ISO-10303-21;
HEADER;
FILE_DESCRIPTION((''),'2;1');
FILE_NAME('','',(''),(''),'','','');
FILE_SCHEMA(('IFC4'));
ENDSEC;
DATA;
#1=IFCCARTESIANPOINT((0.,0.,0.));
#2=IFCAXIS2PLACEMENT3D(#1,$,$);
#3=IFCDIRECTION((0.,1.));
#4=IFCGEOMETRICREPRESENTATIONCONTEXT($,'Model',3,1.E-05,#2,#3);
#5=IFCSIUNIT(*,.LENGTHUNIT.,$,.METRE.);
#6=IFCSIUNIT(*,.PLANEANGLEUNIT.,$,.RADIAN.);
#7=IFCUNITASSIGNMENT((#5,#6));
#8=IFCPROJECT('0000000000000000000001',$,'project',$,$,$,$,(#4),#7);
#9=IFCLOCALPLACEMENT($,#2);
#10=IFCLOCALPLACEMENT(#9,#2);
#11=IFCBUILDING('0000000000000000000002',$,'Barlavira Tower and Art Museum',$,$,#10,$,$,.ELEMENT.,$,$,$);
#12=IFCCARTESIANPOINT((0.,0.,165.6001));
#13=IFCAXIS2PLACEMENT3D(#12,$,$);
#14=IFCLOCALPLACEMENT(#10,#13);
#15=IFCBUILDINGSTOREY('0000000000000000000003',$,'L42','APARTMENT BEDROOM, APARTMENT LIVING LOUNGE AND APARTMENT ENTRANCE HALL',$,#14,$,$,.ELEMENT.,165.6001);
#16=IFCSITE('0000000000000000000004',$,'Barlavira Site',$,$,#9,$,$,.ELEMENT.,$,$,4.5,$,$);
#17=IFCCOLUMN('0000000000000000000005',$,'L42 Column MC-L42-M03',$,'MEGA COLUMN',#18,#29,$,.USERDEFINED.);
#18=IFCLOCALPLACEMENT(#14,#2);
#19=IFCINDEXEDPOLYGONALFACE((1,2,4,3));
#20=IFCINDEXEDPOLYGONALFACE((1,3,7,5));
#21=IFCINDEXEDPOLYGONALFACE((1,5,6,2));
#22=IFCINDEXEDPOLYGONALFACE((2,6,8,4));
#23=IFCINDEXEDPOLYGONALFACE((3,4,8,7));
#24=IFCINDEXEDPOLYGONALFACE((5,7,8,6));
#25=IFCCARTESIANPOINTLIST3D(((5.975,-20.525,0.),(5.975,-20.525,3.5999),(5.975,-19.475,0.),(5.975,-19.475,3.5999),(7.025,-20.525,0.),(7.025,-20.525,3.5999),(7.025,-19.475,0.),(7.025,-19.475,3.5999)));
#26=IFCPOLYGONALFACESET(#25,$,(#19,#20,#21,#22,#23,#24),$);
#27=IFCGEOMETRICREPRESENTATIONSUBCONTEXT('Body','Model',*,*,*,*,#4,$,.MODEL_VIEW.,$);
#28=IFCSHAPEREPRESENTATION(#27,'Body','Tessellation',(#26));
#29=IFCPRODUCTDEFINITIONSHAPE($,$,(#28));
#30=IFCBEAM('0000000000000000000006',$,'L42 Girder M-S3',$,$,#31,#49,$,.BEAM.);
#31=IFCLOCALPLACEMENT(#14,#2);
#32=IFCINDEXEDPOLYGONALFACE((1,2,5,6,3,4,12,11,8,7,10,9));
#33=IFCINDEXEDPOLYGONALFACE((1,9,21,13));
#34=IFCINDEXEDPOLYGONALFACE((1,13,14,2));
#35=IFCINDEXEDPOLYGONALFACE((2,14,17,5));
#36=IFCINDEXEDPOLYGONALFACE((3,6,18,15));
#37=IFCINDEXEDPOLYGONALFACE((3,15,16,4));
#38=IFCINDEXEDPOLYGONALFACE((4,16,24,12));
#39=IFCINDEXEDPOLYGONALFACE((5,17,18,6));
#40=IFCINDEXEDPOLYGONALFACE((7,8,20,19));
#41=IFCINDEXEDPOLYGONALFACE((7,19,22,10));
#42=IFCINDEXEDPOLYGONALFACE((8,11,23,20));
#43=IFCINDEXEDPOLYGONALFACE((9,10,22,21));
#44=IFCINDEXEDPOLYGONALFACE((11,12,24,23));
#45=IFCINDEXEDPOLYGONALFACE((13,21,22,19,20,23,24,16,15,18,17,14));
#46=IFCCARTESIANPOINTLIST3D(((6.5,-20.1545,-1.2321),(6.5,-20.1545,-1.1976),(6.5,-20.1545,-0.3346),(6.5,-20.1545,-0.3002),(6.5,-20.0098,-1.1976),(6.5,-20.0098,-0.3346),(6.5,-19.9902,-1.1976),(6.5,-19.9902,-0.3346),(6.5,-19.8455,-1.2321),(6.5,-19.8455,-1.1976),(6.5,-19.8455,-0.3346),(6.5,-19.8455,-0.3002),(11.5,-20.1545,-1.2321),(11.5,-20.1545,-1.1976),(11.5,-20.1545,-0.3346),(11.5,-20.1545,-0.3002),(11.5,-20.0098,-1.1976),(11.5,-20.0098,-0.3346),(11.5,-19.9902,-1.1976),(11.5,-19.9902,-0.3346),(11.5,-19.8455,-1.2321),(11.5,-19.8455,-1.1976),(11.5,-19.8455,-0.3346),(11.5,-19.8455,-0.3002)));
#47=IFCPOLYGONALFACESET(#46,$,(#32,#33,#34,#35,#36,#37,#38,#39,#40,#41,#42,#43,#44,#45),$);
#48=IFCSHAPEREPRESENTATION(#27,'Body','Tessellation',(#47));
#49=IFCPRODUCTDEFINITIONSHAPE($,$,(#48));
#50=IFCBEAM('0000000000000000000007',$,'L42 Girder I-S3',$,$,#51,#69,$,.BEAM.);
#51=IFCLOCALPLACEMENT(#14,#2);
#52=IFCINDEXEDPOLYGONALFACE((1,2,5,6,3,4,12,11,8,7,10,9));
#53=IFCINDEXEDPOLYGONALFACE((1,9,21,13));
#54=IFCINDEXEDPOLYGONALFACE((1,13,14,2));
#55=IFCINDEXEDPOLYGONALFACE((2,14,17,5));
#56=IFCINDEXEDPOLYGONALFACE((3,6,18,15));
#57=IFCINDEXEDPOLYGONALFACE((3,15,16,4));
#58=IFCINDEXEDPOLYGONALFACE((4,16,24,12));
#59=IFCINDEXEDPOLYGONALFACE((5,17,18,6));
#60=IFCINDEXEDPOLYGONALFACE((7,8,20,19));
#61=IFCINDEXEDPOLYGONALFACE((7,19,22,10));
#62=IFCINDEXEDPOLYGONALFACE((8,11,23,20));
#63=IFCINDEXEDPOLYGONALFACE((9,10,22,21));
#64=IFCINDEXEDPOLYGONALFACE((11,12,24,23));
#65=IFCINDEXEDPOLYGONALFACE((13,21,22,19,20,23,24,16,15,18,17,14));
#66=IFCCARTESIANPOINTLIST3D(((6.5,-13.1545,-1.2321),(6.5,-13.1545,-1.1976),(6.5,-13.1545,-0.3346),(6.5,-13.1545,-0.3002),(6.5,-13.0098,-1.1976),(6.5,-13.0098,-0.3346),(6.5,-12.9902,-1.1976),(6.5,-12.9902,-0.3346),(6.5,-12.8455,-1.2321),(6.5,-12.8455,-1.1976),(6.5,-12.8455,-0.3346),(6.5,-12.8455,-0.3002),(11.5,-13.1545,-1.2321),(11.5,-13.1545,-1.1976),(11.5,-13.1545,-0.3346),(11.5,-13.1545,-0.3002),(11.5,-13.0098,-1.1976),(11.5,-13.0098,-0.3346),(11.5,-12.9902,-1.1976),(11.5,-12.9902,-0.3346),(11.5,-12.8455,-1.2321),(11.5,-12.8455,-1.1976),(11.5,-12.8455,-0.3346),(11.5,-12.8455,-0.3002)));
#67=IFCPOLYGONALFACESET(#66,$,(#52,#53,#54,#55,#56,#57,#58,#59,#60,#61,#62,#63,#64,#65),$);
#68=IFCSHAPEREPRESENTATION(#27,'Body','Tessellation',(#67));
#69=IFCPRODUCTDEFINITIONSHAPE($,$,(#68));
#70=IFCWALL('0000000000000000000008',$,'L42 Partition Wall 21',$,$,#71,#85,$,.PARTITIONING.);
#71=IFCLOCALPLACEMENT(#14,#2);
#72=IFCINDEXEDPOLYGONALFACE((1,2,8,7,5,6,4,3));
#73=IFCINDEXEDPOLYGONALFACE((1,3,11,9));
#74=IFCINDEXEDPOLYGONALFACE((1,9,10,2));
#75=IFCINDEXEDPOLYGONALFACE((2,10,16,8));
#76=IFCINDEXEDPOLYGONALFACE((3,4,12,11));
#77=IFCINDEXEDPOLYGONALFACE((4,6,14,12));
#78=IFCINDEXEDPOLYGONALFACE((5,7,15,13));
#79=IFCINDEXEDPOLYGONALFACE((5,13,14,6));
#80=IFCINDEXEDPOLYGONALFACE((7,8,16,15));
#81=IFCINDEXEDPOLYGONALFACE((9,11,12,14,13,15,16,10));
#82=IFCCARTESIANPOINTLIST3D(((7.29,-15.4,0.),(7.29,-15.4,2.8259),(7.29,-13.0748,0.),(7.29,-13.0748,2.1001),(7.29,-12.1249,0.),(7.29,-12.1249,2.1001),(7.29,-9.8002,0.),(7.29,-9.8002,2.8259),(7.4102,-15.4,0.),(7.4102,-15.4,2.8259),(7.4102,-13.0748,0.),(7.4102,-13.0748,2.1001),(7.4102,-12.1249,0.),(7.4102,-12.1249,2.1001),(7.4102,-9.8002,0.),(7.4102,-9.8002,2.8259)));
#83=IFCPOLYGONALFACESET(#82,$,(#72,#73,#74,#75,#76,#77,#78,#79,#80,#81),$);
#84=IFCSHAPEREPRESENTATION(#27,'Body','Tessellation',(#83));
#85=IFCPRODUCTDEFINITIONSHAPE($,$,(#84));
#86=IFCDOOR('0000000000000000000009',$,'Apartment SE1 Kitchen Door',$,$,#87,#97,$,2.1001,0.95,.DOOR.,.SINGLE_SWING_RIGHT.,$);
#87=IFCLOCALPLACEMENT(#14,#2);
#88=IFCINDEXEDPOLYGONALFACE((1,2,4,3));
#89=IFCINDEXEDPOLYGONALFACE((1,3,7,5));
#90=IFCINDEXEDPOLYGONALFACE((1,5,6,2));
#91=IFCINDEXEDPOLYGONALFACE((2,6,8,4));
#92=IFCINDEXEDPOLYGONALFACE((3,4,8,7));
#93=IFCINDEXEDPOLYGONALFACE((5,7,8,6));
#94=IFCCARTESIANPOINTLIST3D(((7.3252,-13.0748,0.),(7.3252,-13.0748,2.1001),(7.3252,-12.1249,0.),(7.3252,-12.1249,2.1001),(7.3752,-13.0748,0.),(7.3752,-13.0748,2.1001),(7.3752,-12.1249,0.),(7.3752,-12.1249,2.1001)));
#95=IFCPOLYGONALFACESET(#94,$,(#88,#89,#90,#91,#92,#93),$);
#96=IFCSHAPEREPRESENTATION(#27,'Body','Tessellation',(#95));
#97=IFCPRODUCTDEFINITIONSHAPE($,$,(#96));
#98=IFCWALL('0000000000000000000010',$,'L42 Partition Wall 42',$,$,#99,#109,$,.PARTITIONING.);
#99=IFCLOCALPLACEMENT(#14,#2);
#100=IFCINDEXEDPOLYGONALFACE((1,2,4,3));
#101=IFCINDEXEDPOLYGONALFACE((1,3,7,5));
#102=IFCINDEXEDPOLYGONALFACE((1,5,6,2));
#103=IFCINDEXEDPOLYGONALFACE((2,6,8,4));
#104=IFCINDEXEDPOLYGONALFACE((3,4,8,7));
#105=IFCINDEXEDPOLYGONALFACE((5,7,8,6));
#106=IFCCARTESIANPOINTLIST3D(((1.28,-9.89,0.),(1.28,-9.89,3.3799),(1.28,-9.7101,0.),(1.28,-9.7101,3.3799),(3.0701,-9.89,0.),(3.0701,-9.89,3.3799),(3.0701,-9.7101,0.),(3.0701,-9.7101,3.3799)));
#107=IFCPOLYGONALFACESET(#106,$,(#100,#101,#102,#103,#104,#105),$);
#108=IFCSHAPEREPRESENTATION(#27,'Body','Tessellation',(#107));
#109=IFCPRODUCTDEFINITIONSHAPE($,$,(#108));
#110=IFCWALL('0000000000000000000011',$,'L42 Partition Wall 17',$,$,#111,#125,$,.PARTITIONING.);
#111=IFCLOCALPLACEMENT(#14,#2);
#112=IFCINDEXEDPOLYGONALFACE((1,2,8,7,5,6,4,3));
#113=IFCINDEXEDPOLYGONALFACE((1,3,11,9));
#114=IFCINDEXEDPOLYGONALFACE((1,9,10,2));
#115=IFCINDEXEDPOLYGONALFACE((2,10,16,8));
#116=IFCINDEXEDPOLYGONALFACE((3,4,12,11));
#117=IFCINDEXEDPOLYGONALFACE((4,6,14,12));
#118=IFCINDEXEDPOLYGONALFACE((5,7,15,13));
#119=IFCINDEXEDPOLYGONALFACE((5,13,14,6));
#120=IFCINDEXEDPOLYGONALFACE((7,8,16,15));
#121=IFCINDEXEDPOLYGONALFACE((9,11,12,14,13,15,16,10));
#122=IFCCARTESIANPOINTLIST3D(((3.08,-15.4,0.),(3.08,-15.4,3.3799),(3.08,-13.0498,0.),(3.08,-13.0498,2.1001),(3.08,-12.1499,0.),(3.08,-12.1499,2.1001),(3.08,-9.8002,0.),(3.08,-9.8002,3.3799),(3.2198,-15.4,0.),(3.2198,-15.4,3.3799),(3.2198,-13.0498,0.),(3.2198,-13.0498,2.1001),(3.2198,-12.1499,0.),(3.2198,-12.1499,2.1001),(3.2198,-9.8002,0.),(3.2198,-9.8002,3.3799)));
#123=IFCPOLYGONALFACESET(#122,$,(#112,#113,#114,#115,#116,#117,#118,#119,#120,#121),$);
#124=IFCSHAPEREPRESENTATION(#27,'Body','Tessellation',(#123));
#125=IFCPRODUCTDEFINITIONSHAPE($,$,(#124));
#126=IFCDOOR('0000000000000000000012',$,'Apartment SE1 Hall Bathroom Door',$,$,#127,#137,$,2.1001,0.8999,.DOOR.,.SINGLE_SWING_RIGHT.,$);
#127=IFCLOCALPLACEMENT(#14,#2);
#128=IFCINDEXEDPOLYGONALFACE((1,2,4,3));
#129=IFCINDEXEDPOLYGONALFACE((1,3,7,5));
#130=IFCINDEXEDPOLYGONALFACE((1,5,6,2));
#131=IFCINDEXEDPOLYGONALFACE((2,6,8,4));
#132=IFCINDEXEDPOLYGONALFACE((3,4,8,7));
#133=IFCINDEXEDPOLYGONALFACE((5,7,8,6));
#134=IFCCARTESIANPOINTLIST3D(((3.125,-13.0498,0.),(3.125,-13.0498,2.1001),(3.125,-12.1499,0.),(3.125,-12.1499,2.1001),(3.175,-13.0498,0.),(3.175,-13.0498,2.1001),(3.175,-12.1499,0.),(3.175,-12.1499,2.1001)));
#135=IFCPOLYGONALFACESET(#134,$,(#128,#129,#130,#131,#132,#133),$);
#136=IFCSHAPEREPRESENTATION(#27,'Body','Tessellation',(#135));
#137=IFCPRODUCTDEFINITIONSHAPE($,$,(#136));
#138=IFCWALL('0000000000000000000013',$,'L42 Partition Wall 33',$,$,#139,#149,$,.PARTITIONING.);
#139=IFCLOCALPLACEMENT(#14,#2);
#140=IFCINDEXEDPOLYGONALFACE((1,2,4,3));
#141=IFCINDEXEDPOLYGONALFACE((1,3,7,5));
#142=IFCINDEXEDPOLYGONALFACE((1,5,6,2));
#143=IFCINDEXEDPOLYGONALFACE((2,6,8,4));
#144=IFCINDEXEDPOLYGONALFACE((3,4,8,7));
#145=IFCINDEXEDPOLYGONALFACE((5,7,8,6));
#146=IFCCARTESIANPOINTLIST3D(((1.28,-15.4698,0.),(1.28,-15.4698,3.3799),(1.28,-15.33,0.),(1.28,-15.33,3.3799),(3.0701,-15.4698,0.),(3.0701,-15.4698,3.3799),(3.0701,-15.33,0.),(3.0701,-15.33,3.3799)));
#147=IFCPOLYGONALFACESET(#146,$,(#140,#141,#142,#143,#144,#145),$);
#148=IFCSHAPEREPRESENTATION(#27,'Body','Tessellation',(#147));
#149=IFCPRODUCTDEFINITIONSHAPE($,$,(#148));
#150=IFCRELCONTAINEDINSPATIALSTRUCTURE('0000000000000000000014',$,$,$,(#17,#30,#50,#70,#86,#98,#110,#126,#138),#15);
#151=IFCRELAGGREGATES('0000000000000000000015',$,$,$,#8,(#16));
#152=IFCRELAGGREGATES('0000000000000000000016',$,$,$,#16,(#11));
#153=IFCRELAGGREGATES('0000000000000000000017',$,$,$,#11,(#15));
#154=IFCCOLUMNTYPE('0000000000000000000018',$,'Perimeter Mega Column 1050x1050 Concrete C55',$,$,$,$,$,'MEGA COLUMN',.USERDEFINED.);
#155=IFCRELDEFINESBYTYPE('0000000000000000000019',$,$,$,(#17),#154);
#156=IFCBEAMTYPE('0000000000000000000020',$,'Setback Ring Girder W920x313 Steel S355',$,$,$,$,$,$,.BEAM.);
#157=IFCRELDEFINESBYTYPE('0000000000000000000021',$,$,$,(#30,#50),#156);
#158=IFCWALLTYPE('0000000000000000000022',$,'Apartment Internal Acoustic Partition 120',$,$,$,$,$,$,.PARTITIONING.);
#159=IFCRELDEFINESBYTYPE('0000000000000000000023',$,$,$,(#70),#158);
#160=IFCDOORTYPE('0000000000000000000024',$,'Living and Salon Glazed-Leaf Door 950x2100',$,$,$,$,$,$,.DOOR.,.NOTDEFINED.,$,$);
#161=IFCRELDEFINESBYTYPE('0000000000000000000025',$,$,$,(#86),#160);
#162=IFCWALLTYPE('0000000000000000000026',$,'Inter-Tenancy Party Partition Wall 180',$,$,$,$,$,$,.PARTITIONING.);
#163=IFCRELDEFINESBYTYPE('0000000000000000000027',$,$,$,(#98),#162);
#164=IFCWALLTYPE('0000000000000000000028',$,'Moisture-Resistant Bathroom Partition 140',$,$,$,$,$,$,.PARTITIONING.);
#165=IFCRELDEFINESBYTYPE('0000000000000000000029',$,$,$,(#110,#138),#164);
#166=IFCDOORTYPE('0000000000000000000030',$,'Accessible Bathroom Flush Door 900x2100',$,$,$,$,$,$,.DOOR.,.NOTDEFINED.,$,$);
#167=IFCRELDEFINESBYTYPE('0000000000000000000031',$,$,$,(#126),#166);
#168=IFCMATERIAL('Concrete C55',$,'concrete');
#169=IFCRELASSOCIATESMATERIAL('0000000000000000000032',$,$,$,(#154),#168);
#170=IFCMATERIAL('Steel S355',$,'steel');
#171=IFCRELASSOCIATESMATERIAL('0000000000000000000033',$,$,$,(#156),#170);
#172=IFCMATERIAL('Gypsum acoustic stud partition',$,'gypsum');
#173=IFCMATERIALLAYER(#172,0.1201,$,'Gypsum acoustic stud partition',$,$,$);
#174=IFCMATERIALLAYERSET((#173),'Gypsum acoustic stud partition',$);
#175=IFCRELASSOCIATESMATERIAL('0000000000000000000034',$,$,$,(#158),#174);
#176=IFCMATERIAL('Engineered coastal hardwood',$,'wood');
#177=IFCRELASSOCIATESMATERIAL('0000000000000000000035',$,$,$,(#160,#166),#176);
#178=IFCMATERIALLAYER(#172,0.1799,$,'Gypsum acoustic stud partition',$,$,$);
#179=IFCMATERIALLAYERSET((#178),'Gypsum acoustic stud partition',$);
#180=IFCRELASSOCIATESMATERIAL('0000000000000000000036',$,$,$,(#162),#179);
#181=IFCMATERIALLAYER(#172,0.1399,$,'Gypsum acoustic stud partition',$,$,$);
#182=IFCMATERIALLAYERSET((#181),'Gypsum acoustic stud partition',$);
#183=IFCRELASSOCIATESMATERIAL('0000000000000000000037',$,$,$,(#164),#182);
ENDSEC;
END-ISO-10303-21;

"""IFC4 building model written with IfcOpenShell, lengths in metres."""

from ifc_helpers import new_model, si_unit, direction, frame, frame_2d, origin, origin_2d, place, context, subcontext, project, spatial, rectangle, i_section, extrude, material, layer, layer_set, material_profile, profile_set, type_object, element, fill, save


model = new_model("IFC4")

# Units and contexts
model_context = context("Model", 3, precision=1e-05, world=origin(), true_north=direction((0.0, 1.0)))
body_context = subcontext(model_context, "Body", "Model", "MODEL_VIEW")
ifc_project = project(units=[si_unit("LENGTHUNIT", "METRE"), si_unit("PLANEANGLEUNIT", "RADIAN")], contexts=[model_context])

# Site, building, storey
site_placement = place(None, origin())
site = spatial("IfcSite", under=ifc_project, at=site_placement, Name="Barlavira Site", CompositionType="ELEMENT", RefElevation=4.5)
building_placement = place(site_placement, origin())
building = spatial("IfcBuilding", under=site, at=building_placement, Name="Barlavira Tower and Art Museum", CompositionType="ELEMENT")
storey_placement = place(building_placement, frame((0.0, 0.0, 165.6001)))
storey = spatial("IfcBuildingStorey", under=building, at=storey_placement, Name="L42", Description="APARTMENT BEDROOM, APARTMENT LIVING LOUNGE AND APARTMENT ENTRANCE HALL", CompositionType="ELEMENT", Elevation=165.6001)

# Column
ifc_material_1 = material(Name="Concrete C55", Category="concrete")
ifc_material_profile_1 = material_profile(ifc_material_1, rectangle(XDim=1.05, YDim=1.05, at=origin_2d()), Name="RC-COL 1050x1050")
ifc_profile_set_1 = profile_set([ifc_material_profile_1], Name="Concrete C55")
column_type = type_object("IfcColumnType", Name="Perimeter Mega Column 1050x1050 Concrete C55", ElementType="MEGA COLUMN", PredefinedType="USERDEFINED", material=ifc_profile_set_1)
column_placement = place(storey_placement, frame((6.5, -20.0, 0.0), z_axis=(0.0, 0.0, 1.0), x_axis=(1.0, 0.0, 0.0)))
element("IfcColumn", 1, at=column_placement, inside=storey, type_object=column_type, Name="L42 Column MC-L42-M03", ObjectType="MEGA COLUMN", PredefinedType="USERDEFINED", context=body_context, shape_type="SweptSolid", body=[
    extrude(rectangle(XDim=1.05, YDim=1.05, at=origin_2d()), origin(), (0.0, 0.0, 1.0), 3.5999),
])

# Beams
ifc_material_2 = material(Name="Steel S355", Category="steel")
ifc_material_profile_2 = material_profile(ifc_material_2, i_section(OverallWidth=0.3091, OverallDepth=0.9319, WebThickness=0.0195, FlangeThickness=0.0344, at=origin_2d()), Name="W920x313.0")
ifc_profile_set_2 = profile_set([ifc_material_profile_2], Name="Steel S355")
beam_type = type_object("IfcBeamType", Name="Setback Ring Girder W920x313 Steel S355", PredefinedType="BEAM", material=ifc_profile_set_2)
for number, where, z_axis, x_axis, name in (
    (2, (6.5, -20.0, -0.7661), (1.0, 0.0, 0.0), (0.0, 1.0, 0.0), "L42 Girder M-S3"),
    (3, (6.5, -13.0, -0.7661), (1.0, 0.0, 0.0), (0.0, 1.0, 0.0), "L42 Girder I-S3"),
):
    element("IfcBeam", number, at=place(storey_placement, frame(where, z_axis=z_axis, x_axis=x_axis)), inside=storey, type_object=beam_type, Name=name, PredefinedType="BEAM", context=body_context, shape_type="SweptSolid", body=[
        extrude(i_section(OverallWidth=0.3091, OverallDepth=0.9319, WebThickness=0.0195, FlangeThickness=0.0344, at=origin_2d()), origin(), (0.0, 0.0, 1.0), 5.0),
    ])

# Wall, opening, door
ifc_material_3 = material(Name="Gypsum acoustic stud partition", Category="gypsum")
ifc_layer_1 = layer(ifc_material_3, 0.1201, Name="Gypsum acoustic stud partition")
ifc_layer_set_1 = layer_set([ifc_layer_1], Name="Gypsum acoustic stud partition")
wall_type_1 = type_object("IfcWallType", Name="Apartment Internal Acoustic Partition 120", PredefinedType="PARTITIONING", material=ifc_layer_set_1)
wall_1_placement = place(storey_placement, frame((7.3501, -15.3999, 0.0), z_axis=(0.0, 0.0, 1.0), x_axis=(0.0, 1.0, 0.0)))
wall_1 = element("IfcWall", 4, at=wall_1_placement, inside=storey, type_object=wall_type_1, Name="L42 Partition Wall 21", PredefinedType="PARTITIONING", context=body_context, shape_type="SweptSolid", body=[
    extrude(rectangle(XDim=5.5999, YDim=0.1201, at=frame_2d((2.7998, 0.0))), origin(), (0.0, 0.0, 1.0), 2.8259),
])
opening_1_placement = place(wall_1_placement, frame((2.325, 0.0, 0.0)))
opening_1 = element("IfcOpeningElement", 5, at=opening_1_placement, cuts=wall_1, PredefinedType="OPENING", context=body_context, shape_type="SweptSolid", body=[
    extrude(rectangle(XDim=0.95, YDim=2.1001, at=frame_2d((0.4751, 1.05))), frame((0.0, 0.0701, 0.0), z_axis=(0.0, -1.0, 0.0), x_axis=(1.0, 0.0, 0.0)), (0.0, 0.0, 1.0), 0.1401),
])
ifc_material_4 = material(Name="Engineered coastal hardwood", Category="wood")
door_type_1 = type_object("IfcDoorType", Name="Living and Salon Glazed-Leaf Door 950x2100", OperationType="NOTDEFINED", PredefinedType="DOOR", material=ifc_material_4)
door_1_placement = place(opening_1_placement, origin())
door_1 = element("IfcDoor", 6, at=door_1_placement, inside=storey, type_object=door_type_1, Name="Apartment SE1 Kitchen Door", OperationType="SINGLE_SWING_RIGHT", OverallHeight=2.1001, OverallWidth=0.95, PredefinedType="DOOR", context=body_context, shape_type="SweptSolid", body=[
    extrude(rectangle(XDim=0.95, YDim=2.1001, at=frame_2d((0.4751, 1.05))), frame((0.0, 0.0249, 0.0), z_axis=(0.0, -1.0, 0.0), x_axis=(1.0, 0.0, 0.0)), (0.0, 0.0, 1.0), 0.05),
])
fill(opening_1, door_1)

# Wall
ifc_layer_2 = layer(ifc_material_3, 0.1799, Name="Gypsum acoustic stud partition")
ifc_layer_set_2 = layer_set([ifc_layer_2], Name="Gypsum acoustic stud partition")
wall_type_2 = type_object("IfcWallType", Name="Inter-Tenancy Party Partition Wall 180", PredefinedType="PARTITIONING", material=ifc_layer_set_2)
wall_2_placement = place(storey_placement, frame((1.28, -9.8, 0.0), z_axis=(0.0, 0.0, 1.0), x_axis=(1.0, 0.0, 0.0)))
element("IfcWall", 7, at=wall_2_placement, inside=storey, type_object=wall_type_2, Name="L42 Partition Wall 42", PredefinedType="PARTITIONING", context=body_context, shape_type="SweptSolid", body=[
    extrude(rectangle(XDim=1.79, YDim=0.1799, at=frame_2d((0.895, 0.0))), origin(), (0.0, 0.0, 1.0), 3.3799),
])

# Wall, opening, door
ifc_layer_3 = layer(ifc_material_3, 0.1399, Name="Gypsum acoustic stud partition")
ifc_layer_set_3 = layer_set([ifc_layer_3], Name="Gypsum acoustic stud partition")
wall_type_3 = type_object("IfcWallType", Name="Moisture-Resistant Bathroom Partition 140", PredefinedType="PARTITIONING", material=ifc_layer_set_3)
wall_3_placement = place(storey_placement, frame((3.1499, -15.3999, 0.0), z_axis=(0.0, 0.0, 1.0), x_axis=(0.0, 1.0, 0.0)))
wall_3 = element("IfcWall", 8, at=wall_3_placement, inside=storey, type_object=wall_type_3, Name="L42 Partition Wall 17", PredefinedType="PARTITIONING", context=body_context, shape_type="SweptSolid", body=[
    extrude(rectangle(XDim=5.5999, YDim=0.1399, at=frame_2d((2.7998, 0.0))), origin(), (0.0, 0.0, 1.0), 3.3799),
])
opening_2_placement = place(wall_3_placement, frame((2.3501, 0.0, 0.0)))
opening_2 = element("IfcOpeningElement", 9, at=opening_2_placement, cuts=wall_3, PredefinedType="OPENING", context=body_context, shape_type="SweptSolid", body=[
    extrude(rectangle(XDim=0.8999, YDim=2.1001, at=frame_2d((0.45, 1.05))), frame((0.0, 0.0801, 0.0), z_axis=(0.0, -1.0, 0.0), x_axis=(1.0, 0.0, 0.0)), (0.0, 0.0, 1.0), 0.1599),
])
door_type_2 = type_object("IfcDoorType", Name="Accessible Bathroom Flush Door 900x2100", OperationType="NOTDEFINED", PredefinedType="DOOR", material=ifc_material_4)
door_2_placement = place(opening_2_placement, origin())
door_2 = element("IfcDoor", 10, at=door_2_placement, inside=storey, type_object=door_type_2, Name="Apartment SE1 Hall Bathroom Door", OperationType="SINGLE_SWING_RIGHT", OverallHeight=2.1001, OverallWidth=0.8999, PredefinedType="DOOR", context=body_context, shape_type="SweptSolid", body=[
    extrude(rectangle(XDim=0.8999, YDim=2.1001, at=frame_2d((0.45, 1.05))), frame((0.0, 0.0249, 0.0), z_axis=(0.0, -1.0, 0.0), x_axis=(1.0, 0.0, 0.0)), (0.0, 0.0, 1.0), 0.05),
])
fill(opening_2, door_2)

# Wall
wall_4_placement = place(storey_placement, frame((1.28, -15.3999, 0.0), z_axis=(0.0, 0.0, 1.0), x_axis=(1.0, 0.0, 0.0)))
element("IfcWall", 11, at=wall_4_placement, inside=storey, type_object=wall_type_3, Name="L42 Partition Wall 33", PredefinedType="PARTITIONING", context=body_context, shape_type="SweptSolid", body=[
    extrude(rectangle(XDim=1.79, YDim=0.1399, at=frame_2d((0.895, 0.0))), origin(), (0.0, 0.0, 1.0), 3.3799),
])

save(model, "model.ifc")
